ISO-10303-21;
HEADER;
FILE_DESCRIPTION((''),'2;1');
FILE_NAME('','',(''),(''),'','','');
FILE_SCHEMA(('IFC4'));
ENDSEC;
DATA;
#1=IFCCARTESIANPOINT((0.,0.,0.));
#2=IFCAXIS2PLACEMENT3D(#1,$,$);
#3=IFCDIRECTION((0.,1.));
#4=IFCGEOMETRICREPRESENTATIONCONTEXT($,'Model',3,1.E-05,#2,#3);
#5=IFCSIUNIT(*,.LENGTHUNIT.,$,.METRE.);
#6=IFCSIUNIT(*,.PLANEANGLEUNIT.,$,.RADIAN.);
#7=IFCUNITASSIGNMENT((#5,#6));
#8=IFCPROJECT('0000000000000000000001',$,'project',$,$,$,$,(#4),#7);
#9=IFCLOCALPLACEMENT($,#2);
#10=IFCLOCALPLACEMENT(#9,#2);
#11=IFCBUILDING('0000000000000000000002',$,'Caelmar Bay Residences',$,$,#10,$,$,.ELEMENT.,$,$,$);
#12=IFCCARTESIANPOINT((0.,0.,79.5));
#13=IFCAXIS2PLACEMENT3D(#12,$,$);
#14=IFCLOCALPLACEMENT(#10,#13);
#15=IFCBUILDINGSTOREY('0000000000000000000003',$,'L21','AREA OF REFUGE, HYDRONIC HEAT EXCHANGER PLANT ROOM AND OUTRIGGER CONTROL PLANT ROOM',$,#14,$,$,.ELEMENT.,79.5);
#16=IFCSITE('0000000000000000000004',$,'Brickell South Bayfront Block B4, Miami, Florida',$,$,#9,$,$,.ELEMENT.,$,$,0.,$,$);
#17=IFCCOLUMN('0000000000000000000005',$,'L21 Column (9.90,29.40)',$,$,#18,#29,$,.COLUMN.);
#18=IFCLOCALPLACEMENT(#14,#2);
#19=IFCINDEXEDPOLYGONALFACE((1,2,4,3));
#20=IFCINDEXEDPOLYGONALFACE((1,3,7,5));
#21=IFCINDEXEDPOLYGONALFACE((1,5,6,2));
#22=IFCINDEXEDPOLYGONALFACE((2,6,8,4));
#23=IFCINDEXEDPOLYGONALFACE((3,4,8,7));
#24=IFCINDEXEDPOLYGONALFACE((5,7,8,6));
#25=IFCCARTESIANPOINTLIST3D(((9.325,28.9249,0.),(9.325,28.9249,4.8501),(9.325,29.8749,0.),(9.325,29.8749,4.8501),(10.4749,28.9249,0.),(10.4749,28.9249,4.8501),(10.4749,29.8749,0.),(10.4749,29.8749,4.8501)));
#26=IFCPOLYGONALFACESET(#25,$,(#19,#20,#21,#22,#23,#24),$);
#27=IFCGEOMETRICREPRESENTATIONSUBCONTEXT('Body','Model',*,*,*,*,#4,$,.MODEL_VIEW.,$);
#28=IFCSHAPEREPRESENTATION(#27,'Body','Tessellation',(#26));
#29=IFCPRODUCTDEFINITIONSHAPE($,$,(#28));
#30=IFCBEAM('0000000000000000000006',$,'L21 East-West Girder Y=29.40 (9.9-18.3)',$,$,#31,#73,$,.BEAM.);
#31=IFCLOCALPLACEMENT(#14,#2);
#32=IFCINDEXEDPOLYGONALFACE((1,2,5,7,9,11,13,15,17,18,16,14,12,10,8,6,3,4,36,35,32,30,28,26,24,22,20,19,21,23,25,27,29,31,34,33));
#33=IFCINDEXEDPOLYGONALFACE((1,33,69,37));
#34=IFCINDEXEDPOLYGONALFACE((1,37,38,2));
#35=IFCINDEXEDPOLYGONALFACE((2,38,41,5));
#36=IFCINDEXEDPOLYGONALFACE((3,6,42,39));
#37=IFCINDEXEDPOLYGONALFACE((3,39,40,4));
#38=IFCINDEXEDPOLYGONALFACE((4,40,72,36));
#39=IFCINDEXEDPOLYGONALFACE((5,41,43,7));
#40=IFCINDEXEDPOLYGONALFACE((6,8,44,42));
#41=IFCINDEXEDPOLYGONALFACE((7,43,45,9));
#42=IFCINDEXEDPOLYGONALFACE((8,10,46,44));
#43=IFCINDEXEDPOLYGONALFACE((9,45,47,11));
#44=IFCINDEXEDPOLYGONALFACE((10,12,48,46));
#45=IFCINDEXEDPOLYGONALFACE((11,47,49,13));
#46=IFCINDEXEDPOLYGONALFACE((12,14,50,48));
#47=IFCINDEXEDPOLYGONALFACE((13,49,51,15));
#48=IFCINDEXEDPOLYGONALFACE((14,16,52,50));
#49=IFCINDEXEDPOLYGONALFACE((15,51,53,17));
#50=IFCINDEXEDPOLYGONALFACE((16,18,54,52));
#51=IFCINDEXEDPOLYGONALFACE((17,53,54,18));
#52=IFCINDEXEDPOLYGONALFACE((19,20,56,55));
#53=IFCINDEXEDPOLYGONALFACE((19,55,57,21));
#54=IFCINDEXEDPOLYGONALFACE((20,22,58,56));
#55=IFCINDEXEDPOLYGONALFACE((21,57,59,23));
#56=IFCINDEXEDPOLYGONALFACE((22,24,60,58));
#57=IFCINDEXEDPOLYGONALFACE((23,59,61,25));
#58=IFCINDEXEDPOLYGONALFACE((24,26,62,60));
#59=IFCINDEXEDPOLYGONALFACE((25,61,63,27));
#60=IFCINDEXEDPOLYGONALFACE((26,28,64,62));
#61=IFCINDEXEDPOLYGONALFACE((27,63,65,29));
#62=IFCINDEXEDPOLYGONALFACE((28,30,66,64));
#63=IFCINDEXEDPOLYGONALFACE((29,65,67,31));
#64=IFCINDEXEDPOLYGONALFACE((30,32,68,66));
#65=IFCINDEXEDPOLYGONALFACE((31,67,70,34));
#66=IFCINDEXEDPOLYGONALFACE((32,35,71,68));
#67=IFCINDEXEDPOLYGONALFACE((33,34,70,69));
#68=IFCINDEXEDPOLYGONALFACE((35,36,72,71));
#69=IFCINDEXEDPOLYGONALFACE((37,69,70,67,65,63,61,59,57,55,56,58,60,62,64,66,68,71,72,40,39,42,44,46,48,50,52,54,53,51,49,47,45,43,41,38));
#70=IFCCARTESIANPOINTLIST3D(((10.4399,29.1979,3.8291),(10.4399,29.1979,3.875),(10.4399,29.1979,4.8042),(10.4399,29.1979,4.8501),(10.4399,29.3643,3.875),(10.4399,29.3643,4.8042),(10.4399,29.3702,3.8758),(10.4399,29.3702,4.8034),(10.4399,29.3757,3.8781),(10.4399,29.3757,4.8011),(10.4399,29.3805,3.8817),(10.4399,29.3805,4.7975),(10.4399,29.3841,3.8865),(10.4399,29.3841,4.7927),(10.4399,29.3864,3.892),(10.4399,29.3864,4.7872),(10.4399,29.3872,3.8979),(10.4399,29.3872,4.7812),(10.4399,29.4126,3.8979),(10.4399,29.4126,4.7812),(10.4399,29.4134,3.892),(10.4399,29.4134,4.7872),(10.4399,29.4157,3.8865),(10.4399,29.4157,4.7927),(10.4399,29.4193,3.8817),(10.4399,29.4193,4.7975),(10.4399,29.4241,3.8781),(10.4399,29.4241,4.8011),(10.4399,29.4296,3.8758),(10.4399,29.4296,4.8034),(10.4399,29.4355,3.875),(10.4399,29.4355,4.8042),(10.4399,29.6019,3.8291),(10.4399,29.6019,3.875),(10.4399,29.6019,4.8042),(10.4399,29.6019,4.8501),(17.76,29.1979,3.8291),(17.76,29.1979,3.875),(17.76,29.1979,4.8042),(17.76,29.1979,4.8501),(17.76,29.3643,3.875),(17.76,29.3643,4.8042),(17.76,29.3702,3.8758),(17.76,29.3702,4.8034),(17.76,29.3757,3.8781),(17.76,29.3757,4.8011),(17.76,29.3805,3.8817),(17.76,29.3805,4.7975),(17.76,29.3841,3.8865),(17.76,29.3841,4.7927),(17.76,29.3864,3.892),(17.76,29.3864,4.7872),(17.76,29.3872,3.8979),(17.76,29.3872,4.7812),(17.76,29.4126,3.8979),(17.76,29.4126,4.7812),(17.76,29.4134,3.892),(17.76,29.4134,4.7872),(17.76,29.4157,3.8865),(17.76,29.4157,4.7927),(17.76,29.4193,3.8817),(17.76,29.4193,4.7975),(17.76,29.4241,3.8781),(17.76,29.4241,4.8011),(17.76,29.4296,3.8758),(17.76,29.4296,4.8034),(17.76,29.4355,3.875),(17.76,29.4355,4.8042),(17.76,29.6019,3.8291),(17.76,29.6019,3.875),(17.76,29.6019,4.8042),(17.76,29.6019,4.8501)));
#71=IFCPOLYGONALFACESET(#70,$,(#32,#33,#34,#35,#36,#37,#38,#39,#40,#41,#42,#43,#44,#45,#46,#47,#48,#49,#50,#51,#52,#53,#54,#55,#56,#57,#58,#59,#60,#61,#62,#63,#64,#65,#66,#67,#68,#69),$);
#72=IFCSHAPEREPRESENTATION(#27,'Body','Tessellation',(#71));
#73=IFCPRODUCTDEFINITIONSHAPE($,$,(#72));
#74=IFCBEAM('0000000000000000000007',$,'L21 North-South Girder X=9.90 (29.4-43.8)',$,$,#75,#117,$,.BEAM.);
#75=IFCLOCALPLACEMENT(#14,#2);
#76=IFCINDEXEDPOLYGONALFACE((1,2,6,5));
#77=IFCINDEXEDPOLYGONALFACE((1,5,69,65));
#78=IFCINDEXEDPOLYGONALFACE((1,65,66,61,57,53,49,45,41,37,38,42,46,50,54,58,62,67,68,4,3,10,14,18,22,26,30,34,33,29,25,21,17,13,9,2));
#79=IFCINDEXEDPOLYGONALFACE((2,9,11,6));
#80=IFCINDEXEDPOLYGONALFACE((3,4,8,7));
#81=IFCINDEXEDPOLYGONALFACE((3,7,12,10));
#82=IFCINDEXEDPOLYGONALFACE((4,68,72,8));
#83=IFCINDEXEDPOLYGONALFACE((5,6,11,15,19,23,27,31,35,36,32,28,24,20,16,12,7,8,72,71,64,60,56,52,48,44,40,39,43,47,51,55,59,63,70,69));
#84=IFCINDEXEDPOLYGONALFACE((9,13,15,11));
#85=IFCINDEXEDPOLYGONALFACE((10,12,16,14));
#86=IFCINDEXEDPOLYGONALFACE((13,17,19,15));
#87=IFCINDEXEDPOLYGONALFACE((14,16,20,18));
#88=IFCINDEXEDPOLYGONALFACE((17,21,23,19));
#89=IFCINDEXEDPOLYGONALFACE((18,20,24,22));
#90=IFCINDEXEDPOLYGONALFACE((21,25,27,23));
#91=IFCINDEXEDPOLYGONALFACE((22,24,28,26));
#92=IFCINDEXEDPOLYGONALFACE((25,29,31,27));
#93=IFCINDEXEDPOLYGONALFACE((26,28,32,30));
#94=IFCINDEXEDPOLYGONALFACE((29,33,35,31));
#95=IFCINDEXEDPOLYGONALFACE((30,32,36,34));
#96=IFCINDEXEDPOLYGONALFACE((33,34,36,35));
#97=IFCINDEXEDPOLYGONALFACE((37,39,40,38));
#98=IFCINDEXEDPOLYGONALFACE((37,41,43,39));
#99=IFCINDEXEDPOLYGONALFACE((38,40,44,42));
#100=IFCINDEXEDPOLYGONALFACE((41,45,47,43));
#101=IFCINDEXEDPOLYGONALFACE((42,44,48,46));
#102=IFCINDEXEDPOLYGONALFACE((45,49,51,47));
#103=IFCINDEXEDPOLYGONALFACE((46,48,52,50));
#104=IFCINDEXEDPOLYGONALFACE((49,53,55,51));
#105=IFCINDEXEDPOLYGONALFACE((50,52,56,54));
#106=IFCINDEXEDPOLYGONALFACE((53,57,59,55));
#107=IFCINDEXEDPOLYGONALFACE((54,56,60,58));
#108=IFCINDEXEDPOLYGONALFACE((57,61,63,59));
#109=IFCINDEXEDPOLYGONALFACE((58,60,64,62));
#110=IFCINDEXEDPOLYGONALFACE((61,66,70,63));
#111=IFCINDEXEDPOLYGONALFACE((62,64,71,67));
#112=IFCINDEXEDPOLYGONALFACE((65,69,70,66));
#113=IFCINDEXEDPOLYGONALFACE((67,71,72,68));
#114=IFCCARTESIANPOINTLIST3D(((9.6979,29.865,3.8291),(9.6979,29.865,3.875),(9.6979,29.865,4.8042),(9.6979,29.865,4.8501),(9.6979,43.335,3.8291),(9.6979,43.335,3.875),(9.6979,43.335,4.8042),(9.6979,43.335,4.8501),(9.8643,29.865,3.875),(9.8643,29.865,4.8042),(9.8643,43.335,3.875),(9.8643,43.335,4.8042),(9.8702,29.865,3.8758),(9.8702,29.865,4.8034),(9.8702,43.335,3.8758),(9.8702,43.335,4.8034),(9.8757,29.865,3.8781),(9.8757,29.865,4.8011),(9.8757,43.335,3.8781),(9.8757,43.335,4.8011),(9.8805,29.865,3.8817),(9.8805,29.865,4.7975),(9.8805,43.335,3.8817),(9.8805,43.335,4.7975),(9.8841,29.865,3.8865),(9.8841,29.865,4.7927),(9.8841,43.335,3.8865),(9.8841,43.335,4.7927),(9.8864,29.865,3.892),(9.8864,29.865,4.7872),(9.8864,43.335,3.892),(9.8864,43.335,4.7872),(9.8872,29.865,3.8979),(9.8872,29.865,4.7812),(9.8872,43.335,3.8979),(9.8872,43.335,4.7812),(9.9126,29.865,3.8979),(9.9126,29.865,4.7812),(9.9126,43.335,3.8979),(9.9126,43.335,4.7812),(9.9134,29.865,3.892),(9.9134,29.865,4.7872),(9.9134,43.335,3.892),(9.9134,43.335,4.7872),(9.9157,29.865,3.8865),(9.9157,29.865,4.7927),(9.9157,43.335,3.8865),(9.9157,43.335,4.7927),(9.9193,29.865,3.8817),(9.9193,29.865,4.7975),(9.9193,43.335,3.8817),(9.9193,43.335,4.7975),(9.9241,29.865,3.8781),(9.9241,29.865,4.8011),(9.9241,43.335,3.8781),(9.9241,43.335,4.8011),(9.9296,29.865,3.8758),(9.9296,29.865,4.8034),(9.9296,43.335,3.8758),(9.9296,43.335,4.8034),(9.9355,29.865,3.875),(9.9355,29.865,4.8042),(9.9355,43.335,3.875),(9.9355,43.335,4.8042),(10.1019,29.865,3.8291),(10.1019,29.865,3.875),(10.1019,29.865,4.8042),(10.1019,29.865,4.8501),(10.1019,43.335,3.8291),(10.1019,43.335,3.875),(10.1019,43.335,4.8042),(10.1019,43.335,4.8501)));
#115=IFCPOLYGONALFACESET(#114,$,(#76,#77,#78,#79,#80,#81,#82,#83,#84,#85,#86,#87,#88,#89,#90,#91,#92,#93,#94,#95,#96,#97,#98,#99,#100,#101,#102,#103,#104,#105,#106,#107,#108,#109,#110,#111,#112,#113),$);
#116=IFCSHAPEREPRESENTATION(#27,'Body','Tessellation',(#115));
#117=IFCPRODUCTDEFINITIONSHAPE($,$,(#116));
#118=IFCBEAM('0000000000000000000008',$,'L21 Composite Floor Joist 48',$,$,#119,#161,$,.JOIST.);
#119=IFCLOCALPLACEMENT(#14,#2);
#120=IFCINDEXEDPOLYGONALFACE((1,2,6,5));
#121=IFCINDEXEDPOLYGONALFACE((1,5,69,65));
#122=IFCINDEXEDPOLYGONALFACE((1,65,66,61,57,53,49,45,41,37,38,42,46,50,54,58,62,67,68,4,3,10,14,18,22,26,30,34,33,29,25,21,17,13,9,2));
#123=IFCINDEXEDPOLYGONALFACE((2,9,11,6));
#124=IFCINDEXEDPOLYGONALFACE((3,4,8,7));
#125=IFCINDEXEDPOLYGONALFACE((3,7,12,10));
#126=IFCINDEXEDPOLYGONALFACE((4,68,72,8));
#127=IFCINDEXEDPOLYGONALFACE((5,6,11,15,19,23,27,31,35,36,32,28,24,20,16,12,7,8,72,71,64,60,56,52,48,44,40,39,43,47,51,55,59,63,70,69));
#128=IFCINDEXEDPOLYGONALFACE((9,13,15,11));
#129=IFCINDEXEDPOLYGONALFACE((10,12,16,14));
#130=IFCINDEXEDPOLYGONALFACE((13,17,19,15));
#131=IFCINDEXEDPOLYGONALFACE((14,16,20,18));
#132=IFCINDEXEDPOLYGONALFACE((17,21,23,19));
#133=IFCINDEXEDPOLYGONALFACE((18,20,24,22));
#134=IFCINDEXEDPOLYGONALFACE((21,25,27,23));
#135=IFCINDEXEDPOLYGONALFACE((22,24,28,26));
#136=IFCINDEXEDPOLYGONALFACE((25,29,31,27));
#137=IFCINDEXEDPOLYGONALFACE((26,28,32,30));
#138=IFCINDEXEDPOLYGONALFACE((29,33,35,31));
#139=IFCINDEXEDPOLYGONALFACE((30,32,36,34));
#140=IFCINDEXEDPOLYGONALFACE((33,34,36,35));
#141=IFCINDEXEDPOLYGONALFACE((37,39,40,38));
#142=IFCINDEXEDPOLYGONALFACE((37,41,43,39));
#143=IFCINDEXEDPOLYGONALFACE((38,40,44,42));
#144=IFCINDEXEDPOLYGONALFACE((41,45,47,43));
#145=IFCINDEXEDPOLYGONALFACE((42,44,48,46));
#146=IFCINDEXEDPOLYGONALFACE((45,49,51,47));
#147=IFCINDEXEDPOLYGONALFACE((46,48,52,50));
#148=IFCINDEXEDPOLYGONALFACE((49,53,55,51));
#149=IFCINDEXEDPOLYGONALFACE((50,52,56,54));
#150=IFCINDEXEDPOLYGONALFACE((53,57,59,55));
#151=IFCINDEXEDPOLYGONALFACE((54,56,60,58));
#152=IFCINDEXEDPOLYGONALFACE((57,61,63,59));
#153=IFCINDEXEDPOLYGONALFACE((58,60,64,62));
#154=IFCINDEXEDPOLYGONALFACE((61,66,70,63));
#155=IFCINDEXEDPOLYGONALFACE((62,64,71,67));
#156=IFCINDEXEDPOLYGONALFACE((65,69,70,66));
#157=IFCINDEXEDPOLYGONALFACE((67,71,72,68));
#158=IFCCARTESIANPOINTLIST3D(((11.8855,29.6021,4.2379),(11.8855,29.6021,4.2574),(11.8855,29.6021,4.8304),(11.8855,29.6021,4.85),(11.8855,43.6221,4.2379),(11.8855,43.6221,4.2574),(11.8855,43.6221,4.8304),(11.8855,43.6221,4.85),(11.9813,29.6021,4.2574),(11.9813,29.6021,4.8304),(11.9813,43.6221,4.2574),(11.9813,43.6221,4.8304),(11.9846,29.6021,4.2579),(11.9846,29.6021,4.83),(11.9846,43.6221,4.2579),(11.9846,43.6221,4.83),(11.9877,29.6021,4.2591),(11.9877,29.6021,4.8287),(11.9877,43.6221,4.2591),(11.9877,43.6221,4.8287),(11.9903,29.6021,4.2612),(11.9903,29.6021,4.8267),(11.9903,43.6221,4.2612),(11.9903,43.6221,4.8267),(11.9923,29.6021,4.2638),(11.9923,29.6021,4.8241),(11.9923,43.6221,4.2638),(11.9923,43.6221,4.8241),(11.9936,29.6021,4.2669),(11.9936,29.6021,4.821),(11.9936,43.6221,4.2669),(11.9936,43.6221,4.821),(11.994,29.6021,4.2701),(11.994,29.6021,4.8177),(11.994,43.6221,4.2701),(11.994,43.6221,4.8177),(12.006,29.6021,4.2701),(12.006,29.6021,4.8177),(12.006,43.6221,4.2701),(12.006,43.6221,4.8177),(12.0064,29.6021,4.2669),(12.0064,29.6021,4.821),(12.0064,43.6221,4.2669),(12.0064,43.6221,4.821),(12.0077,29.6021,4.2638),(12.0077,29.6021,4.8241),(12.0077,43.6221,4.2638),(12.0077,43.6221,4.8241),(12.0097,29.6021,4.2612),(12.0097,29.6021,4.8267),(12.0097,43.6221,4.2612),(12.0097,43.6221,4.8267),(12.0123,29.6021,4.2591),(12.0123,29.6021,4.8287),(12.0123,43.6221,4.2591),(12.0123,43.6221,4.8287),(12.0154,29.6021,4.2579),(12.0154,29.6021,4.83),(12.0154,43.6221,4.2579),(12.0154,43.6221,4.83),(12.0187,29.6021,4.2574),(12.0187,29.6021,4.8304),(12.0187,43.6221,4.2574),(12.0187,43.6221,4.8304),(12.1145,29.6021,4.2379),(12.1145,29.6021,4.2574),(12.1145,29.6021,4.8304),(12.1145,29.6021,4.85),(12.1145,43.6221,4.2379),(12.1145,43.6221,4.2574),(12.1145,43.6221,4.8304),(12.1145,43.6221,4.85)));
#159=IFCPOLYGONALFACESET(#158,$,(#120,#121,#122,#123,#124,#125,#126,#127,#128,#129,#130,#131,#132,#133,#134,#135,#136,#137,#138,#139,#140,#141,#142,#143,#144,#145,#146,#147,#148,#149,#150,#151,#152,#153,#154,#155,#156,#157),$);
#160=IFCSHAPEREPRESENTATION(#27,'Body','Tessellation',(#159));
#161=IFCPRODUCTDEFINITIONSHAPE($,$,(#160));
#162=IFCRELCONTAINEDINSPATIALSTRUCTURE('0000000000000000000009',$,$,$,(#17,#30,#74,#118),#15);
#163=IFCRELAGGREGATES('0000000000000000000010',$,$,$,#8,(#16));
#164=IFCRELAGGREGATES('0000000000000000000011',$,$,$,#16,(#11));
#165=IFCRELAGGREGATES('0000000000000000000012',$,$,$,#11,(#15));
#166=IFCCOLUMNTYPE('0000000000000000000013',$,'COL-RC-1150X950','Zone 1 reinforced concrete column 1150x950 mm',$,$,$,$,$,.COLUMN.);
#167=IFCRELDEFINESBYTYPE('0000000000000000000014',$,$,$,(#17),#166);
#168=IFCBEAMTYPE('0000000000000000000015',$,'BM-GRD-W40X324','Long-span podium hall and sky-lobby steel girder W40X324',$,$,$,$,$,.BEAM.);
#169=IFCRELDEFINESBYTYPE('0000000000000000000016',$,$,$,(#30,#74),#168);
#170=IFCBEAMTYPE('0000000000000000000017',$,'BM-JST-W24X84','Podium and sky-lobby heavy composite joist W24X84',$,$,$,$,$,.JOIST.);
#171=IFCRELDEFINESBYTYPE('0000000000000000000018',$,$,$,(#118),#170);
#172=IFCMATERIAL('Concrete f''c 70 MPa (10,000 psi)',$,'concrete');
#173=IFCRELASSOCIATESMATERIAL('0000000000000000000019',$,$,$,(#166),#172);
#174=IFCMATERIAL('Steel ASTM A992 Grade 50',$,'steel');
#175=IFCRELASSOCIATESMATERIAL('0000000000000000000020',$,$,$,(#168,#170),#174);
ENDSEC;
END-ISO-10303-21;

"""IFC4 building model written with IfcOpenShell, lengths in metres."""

from ifc_helpers import new_model, si_unit, direction, frame, origin, origin_2d, place, context, subcontext, project, spatial, rectangle, i_section, extrude, material, material_profile, profile_set, type_object, element, save


model = new_model("IFC4")

# Units and contexts
model_context = context("Model", 3, precision=1e-05, world=origin(), true_north=direction((0.0, 1.0)))
body_context = subcontext(model_context, "Body", "Model", "MODEL_VIEW")
ifc_project = project(units=[si_unit("LENGTHUNIT", "METRE"), si_unit("PLANEANGLEUNIT", "RADIAN")], contexts=[model_context])

# Site, building, storey
site_placement = place(None, origin())
site = spatial("IfcSite", under=ifc_project, at=site_placement, Name="Brickell South Bayfront Block B4, Miami, Florida", CompositionType="ELEMENT", RefElevation=0.0)
building_placement = place(site_placement, origin())
building = spatial("IfcBuilding", under=site, at=building_placement, Name="Caelmar Bay Residences", CompositionType="ELEMENT")
storey_placement = place(building_placement, frame((0.0, 0.0, 79.5)))
storey = spatial("IfcBuildingStorey", under=building, at=storey_placement, Name="L21", Description="AREA OF REFUGE, HYDRONIC HEAT EXCHANGER PLANT ROOM AND OUTRIGGER CONTROL PLANT ROOM", CompositionType="ELEMENT", Elevation=79.5)

# Column
ifc_material_1 = material(Name="Concrete f'c 70 MPa (10,000 psi)", Category="concrete")
ifc_material_profile_1 = material_profile(ifc_material_1, rectangle(XDim=1.1499, YDim=0.95, at=origin_2d()), Name="RC-COL-1150X950")
ifc_profile_set_1 = profile_set([ifc_material_profile_1], Name="Concrete f'c 70 MPa (10,000 psi)")
column_type = type_object("IfcColumnType", Name="COL-RC-1150X950", Description="Zone 1 reinforced concrete column 1150x950 mm", PredefinedType="COLUMN", material=ifc_profile_set_1)
column_placement = place(storey_placement, frame((9.8999, 29.3999, 0.0), z_axis=(0.0, 0.0, 1.0), x_axis=(1.0, 0.0, 0.0)))
element("IfcColumn", 1, at=column_placement, inside=storey, type_object=column_type, Name="L21 Column (9.90,29.40)", PredefinedType="COLUMN", context=body_context, shape_type="SweptSolid", body=[
    extrude(rectangle(XDim=1.1499, YDim=0.95, at=origin_2d()), origin(), (0.0, 0.0, 1.0), 4.8501),
])

# Beams
ifc_material_2 = material(Name="Steel ASTM A992 Grade 50", Category="steel")
ifc_material_profile_2 = material_profile(ifc_material_2, i_section(OverallWidth=0.4041, OverallDepth=1.021, WebThickness=0.0254, FlangeThickness=0.0459, FilletRadius=0.0229, at=origin_2d()), Name="W40X324")
ifc_profile_set_2 = profile_set([ifc_material_profile_2], Name="Steel ASTM A992 Grade 50")
beam_type_1 = type_object("IfcBeamType", Name="BM-GRD-W40X324", Description="Long-span podium hall and sky-lobby steel girder W40X324", PredefinedType="BEAM", material=ifc_profile_set_2)
beam_1_placement = place(storey_placement, frame((10.4399, 29.3999, 4.3396), z_axis=(1.0, 0.0, 0.0), x_axis=(0.0, 1.0, 0.0)))
element("IfcBeam", 2, at=beam_1_placement, inside=storey, type_object=beam_type_1, Name="L21 East-West Girder Y=29.40 (9.9-18.3)", PredefinedType="BEAM", context=body_context, shape_type="SweptSolid", body=[
    extrude(i_section(OverallWidth=0.4041, OverallDepth=1.021, WebThickness=0.0254, FlangeThickness=0.0459, FilletRadius=0.0229, at=origin_2d()), origin(), (0.0, 0.0, 1.0), 7.3201),
])
beam_2_placement = place(storey_placement, frame((9.8999, 29.865, 4.3396), z_axis=(0.0, 1.0, 0.0), x_axis=(-1.0, 0.0, 0.0)))
element("IfcBeam", 3, at=beam_2_placement, inside=storey, type_object=beam_type_1, Name="L21 North-South Girder X=9.90 (29.4-43.8)", PredefinedType="BEAM", context=body_context, shape_type="SweptSolid", body=[
    extrude(i_section(OverallWidth=0.4041, OverallDepth=1.021, WebThickness=0.0254, FlangeThickness=0.0459, FilletRadius=0.0229, at=origin_2d()), origin(), (0.0, 0.0, 1.0), 13.47),
])
ifc_material_profile_3 = material_profile(ifc_material_2, i_section(OverallWidth=0.229, OverallDepth=0.6121, WebThickness=0.012, FlangeThickness=0.0195, FilletRadius=0.0127, at=origin_2d()), Name="W24X84")
ifc_profile_set_3 = profile_set([ifc_material_profile_3], Name="Steel ASTM A992 Grade 50")
beam_type_2 = type_object("IfcBeamType", Name="BM-JST-W24X84", Description="Podium and sky-lobby heavy composite joist W24X84", PredefinedType="JOIST", material=ifc_profile_set_3)
for number, where, z_axis, x_axis, name in (
    (4, (12.0, 29.6021, 4.5439), (0.0, 1.0, 0.0), (-1.0, 0.0, 0.0), "L21 Composite Floor Joist 48"),
):
    element("IfcBeam", number, at=place(storey_placement, frame(where, z_axis=z_axis, x_axis=x_axis)), inside=storey, type_object=beam_type_2, Name=name, PredefinedType="JOIST", context=body_context, shape_type="SweptSolid", body=[
        extrude(i_section(OverallWidth=0.229, OverallDepth=0.6121, WebThickness=0.012, FlangeThickness=0.0195, FilletRadius=0.0127, at=origin_2d()), origin(), (0.0, 0.0, 1.0), 14.02),
    ])

save(model, "model.ifc")
